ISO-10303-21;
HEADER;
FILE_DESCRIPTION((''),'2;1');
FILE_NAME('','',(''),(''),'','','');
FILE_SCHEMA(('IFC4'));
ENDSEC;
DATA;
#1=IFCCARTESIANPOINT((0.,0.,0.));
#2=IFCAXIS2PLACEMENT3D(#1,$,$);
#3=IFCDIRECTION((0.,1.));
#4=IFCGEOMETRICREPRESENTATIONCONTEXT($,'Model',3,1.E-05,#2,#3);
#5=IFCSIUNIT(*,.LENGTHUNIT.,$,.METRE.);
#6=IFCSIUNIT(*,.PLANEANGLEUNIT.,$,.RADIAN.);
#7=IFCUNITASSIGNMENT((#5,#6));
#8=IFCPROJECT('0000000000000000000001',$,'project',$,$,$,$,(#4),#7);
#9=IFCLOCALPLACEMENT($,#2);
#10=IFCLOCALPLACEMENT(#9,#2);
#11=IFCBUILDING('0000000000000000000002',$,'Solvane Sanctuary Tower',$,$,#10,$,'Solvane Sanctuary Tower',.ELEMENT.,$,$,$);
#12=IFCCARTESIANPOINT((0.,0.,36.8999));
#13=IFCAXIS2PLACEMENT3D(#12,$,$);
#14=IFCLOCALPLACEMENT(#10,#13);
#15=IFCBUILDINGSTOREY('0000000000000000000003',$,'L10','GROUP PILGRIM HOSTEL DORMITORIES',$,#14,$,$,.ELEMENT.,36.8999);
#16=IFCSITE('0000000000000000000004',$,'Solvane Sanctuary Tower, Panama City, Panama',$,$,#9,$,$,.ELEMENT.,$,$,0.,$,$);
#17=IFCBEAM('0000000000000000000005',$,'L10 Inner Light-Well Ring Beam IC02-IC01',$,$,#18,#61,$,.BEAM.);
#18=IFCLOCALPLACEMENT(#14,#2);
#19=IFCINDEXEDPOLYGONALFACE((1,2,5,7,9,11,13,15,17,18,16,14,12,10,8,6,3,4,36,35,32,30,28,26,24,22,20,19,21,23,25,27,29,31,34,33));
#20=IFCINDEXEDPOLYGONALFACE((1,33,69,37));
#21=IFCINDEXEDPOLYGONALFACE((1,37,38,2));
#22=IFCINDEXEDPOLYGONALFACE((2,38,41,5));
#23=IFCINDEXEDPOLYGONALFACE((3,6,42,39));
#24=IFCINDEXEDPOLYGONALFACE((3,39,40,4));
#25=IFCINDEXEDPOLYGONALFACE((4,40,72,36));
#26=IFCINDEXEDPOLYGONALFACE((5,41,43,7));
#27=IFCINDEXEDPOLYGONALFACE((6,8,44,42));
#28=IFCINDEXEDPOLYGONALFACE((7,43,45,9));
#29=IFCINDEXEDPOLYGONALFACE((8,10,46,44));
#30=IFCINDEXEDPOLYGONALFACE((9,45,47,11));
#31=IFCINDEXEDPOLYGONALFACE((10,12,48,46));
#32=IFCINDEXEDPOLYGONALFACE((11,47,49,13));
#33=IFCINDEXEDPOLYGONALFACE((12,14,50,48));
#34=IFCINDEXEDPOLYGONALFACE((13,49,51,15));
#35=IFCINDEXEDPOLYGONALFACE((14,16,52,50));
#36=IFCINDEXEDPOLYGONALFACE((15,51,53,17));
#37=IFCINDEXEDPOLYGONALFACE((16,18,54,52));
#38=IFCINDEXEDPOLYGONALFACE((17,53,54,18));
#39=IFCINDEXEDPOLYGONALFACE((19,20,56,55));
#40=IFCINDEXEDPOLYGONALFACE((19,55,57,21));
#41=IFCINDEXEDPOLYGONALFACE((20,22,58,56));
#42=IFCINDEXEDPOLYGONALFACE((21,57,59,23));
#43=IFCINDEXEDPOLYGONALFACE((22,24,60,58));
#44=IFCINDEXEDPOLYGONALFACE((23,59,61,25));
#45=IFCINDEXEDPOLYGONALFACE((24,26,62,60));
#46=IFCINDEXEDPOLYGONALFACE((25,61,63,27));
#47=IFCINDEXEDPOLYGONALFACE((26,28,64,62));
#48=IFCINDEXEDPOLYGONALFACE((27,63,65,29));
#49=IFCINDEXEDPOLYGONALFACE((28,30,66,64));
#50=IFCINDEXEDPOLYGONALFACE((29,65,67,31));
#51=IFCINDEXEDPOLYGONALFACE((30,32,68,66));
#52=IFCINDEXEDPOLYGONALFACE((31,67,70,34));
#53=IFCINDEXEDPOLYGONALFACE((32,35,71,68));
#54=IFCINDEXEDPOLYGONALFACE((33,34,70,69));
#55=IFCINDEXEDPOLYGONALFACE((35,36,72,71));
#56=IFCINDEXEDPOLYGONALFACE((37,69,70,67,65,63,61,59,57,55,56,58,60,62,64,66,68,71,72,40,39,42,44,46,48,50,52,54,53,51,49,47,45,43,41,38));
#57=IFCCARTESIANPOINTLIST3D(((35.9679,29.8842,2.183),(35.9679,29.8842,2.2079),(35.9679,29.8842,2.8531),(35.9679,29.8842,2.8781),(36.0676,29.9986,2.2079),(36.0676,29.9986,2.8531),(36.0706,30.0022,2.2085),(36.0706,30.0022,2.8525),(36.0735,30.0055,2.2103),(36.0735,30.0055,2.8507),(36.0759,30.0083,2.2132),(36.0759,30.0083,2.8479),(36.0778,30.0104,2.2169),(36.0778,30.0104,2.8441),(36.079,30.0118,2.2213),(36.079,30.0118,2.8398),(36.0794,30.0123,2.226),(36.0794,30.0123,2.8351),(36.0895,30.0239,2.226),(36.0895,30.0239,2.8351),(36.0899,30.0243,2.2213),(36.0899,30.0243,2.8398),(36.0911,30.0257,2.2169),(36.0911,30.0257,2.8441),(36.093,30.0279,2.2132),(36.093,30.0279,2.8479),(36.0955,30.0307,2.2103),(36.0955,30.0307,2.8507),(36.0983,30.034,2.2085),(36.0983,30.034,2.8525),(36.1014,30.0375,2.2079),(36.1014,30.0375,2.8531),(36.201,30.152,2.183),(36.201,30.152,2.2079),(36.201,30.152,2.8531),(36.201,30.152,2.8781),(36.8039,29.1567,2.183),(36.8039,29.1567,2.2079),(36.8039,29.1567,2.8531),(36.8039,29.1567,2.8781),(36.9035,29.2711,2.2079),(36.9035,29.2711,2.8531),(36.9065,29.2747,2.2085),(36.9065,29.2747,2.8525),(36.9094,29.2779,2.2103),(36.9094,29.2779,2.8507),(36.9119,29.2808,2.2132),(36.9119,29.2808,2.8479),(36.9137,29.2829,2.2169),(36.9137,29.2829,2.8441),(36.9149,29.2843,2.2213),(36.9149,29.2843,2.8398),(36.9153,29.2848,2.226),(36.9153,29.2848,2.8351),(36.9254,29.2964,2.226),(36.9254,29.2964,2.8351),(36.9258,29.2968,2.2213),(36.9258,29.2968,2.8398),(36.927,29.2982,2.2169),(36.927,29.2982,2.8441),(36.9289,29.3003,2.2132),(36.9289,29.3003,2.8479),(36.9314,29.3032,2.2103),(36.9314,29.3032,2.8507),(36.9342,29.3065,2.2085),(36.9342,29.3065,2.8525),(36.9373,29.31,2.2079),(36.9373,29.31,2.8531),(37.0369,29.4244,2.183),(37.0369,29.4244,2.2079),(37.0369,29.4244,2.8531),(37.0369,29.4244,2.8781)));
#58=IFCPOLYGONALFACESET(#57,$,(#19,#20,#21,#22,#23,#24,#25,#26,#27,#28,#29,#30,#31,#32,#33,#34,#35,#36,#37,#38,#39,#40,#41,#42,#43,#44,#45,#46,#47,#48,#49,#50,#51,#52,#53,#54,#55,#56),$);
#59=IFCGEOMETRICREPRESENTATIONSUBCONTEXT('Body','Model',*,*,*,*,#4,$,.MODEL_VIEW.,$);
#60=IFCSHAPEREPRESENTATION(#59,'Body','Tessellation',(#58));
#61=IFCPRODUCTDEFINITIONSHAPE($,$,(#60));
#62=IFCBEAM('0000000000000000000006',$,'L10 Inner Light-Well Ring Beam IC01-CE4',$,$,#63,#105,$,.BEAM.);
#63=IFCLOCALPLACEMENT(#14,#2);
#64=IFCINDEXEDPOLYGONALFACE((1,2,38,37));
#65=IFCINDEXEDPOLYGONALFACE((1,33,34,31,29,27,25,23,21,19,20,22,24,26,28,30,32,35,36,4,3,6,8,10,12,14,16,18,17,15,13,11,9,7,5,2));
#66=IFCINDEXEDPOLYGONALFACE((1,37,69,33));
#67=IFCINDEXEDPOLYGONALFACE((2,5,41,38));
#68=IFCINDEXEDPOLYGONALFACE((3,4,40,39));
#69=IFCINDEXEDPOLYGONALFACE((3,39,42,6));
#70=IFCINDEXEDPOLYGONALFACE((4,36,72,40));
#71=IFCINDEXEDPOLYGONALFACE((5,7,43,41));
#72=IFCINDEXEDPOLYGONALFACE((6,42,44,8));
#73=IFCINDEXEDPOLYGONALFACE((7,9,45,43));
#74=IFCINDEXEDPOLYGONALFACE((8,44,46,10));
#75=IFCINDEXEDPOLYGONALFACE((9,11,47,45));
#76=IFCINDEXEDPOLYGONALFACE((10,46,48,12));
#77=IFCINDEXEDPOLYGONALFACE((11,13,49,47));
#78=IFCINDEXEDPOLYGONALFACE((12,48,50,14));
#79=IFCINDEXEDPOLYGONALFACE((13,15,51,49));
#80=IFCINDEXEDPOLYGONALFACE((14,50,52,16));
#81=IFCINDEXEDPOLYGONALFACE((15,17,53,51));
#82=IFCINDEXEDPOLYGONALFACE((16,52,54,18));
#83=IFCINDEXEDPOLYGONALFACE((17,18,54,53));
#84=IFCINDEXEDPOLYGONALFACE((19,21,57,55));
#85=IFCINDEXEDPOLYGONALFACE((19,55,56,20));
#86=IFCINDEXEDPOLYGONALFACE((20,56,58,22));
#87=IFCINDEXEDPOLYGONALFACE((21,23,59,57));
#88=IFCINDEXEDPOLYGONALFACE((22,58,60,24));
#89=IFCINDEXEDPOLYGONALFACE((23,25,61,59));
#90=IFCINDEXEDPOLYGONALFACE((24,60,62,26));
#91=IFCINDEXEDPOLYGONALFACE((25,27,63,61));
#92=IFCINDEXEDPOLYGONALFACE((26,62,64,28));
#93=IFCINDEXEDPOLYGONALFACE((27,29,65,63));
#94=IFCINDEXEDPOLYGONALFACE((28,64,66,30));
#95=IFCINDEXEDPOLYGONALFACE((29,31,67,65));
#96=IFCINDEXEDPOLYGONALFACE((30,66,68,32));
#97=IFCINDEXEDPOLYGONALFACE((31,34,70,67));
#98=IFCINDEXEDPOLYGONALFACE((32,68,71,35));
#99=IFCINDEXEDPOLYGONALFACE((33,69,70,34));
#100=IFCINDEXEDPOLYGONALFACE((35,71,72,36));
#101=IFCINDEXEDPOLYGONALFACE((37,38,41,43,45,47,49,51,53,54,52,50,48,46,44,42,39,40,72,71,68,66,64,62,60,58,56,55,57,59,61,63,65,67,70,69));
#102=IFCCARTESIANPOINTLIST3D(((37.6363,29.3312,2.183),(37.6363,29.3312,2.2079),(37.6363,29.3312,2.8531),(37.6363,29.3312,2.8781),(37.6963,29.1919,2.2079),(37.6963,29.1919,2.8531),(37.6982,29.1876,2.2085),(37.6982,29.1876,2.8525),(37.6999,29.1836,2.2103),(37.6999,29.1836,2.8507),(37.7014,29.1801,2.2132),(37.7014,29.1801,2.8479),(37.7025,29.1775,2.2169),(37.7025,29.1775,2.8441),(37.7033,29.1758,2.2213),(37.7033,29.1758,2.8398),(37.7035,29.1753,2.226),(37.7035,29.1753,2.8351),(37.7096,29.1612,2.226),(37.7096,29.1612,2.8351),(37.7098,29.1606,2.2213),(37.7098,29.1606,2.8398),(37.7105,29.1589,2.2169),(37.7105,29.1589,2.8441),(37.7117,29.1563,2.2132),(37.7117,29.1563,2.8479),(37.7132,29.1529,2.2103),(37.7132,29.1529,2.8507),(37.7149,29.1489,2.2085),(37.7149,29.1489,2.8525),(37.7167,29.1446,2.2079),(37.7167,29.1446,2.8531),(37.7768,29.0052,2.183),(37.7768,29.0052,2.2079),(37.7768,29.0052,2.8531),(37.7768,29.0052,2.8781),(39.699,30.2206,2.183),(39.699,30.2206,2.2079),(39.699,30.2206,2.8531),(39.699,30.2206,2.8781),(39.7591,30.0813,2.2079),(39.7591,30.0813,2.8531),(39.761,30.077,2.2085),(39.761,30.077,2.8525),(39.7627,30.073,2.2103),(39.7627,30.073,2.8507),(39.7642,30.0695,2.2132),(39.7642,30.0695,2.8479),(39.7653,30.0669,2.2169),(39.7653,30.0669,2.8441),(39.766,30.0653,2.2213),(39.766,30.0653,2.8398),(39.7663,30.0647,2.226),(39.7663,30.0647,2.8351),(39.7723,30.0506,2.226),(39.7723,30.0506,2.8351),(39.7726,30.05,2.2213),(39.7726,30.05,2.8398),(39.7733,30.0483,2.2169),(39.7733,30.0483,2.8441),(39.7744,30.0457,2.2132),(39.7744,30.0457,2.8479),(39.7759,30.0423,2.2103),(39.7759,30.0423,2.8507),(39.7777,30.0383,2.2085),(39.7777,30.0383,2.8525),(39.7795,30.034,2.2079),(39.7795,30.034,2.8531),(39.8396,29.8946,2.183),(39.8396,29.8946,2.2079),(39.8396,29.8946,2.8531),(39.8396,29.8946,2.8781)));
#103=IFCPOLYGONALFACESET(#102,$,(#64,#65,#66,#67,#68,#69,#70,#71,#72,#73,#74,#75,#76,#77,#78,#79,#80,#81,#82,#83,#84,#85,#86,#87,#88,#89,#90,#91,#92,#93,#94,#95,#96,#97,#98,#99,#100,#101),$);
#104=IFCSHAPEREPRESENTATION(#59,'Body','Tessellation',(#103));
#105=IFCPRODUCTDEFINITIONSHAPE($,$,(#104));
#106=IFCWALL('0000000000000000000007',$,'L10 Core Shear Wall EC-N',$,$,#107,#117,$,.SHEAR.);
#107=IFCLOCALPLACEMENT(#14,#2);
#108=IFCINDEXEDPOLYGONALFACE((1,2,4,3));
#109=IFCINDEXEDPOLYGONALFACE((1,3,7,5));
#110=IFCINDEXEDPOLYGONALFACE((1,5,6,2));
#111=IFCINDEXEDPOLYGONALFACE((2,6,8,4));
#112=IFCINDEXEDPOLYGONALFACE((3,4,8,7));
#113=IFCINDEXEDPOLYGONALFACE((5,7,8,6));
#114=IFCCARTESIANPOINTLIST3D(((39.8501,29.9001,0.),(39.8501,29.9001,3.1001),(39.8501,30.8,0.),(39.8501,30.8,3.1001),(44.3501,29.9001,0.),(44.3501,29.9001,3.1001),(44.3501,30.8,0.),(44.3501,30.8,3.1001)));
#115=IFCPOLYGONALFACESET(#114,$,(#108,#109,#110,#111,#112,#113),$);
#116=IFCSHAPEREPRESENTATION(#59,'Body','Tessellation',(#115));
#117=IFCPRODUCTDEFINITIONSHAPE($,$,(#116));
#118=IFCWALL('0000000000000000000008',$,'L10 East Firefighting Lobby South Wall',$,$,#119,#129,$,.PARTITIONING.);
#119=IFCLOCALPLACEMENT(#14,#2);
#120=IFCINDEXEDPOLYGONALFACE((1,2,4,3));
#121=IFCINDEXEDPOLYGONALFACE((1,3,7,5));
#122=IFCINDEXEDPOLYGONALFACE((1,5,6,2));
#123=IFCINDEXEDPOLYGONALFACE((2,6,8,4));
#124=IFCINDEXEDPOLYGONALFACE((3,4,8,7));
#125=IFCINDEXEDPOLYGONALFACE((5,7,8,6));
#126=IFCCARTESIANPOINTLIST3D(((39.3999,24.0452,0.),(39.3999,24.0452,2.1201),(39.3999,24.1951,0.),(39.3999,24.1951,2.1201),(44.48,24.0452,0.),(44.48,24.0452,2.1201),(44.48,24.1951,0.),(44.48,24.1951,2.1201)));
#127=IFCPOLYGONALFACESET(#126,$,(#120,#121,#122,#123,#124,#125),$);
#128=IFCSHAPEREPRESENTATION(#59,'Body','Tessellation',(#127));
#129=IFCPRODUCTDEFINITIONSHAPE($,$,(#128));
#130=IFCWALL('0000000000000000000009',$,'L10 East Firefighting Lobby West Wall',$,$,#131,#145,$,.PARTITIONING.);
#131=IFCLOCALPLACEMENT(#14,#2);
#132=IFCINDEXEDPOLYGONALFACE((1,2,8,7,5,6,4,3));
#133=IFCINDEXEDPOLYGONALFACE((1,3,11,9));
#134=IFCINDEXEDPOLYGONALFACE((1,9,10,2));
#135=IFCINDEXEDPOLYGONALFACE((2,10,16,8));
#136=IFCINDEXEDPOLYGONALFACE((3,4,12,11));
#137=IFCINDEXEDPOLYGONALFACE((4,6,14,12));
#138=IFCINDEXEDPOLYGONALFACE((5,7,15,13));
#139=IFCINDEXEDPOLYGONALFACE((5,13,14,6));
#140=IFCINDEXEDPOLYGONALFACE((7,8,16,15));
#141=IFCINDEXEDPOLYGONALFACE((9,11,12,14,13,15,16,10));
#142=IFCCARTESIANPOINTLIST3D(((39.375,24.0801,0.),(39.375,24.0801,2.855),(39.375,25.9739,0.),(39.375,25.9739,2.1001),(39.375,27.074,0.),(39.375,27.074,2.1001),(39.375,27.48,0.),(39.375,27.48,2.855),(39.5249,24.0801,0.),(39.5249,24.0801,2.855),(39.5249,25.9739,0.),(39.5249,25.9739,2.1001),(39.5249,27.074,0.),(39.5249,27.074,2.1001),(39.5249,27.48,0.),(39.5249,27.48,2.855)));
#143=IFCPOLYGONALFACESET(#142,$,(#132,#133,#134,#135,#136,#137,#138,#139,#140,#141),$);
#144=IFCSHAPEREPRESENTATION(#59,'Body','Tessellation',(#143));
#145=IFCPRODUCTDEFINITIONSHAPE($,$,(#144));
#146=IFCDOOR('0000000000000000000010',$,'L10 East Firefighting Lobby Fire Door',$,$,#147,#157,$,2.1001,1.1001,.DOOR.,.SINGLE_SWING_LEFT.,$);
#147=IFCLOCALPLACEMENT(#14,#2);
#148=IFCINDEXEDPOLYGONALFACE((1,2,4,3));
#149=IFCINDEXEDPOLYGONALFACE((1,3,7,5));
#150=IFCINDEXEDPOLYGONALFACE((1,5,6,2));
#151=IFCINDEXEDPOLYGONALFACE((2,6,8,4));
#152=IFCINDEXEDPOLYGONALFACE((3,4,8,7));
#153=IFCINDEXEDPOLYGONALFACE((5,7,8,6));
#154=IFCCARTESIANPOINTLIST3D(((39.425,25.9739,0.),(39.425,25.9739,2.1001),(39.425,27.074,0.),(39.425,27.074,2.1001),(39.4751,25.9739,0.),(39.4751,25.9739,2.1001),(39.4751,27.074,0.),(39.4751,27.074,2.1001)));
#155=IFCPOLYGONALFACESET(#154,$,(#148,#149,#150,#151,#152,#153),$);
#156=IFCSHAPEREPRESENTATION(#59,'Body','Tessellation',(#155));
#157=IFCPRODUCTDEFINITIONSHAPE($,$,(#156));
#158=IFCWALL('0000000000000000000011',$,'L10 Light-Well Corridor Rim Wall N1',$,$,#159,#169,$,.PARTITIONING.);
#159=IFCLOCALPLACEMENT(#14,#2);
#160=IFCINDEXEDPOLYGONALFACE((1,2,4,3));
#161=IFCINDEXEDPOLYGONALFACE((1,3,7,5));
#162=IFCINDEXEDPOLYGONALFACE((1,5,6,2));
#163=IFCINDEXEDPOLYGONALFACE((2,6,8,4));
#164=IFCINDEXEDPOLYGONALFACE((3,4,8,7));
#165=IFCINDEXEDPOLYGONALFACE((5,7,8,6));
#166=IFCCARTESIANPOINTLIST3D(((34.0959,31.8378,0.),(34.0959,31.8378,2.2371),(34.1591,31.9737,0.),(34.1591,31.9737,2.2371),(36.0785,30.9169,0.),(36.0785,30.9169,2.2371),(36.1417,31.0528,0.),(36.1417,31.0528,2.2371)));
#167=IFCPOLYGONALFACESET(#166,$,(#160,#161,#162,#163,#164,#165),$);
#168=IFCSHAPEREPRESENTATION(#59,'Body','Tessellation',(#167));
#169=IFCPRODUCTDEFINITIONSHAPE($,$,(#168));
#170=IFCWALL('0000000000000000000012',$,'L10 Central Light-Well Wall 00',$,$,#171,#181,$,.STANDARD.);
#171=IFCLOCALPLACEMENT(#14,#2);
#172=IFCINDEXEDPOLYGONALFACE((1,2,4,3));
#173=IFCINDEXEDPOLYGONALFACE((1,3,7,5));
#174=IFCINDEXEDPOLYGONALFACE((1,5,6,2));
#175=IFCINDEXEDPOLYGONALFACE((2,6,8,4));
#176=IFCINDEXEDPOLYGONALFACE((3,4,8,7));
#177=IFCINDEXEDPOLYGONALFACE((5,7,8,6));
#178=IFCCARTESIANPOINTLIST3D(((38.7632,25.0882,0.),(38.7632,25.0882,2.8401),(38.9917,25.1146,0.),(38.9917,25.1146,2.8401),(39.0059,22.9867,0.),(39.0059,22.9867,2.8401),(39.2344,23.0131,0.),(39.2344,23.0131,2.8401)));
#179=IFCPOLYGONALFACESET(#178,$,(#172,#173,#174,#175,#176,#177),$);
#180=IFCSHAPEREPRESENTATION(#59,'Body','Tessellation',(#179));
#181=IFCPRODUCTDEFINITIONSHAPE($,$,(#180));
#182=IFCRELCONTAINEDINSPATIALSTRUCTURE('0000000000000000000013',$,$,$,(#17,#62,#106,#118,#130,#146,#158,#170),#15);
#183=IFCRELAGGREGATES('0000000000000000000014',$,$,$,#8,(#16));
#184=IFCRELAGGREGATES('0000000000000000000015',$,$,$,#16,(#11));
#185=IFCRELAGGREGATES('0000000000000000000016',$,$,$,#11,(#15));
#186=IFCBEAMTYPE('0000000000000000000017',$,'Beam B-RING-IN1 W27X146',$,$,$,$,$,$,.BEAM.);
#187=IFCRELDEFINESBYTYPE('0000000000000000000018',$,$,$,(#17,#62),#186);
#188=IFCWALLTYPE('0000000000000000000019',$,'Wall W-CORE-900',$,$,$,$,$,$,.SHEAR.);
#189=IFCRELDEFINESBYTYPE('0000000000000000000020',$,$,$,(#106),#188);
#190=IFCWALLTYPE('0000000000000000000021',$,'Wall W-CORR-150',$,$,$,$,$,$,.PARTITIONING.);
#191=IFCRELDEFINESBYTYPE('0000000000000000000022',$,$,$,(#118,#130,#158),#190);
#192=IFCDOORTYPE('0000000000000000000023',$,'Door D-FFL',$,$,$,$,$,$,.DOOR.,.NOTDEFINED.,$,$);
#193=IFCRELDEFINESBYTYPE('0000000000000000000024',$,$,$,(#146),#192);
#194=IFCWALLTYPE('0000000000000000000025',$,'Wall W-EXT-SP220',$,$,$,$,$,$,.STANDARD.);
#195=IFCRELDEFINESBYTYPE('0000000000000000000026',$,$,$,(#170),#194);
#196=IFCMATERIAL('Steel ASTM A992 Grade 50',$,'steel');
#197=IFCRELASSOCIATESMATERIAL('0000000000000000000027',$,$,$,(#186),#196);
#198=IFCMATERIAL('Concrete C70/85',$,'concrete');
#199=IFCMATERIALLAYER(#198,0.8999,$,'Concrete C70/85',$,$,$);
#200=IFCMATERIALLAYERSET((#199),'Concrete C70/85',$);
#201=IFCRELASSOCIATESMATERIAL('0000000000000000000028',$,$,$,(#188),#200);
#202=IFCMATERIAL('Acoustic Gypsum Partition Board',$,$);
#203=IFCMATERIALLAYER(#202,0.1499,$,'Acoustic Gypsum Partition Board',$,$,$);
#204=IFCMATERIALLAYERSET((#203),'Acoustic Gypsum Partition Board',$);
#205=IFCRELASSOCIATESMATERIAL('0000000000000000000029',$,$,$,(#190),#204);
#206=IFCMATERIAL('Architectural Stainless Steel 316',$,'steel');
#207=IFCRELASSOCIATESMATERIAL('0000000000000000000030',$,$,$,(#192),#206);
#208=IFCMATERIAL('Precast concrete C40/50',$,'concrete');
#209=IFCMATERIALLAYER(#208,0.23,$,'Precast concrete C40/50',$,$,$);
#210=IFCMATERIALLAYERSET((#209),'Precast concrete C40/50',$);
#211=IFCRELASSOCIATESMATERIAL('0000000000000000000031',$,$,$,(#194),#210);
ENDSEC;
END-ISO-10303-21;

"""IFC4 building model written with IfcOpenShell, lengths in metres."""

from ifc_helpers import new_model, si_unit, direction, frame, frame_2d, origin, origin_2d, place, context, subcontext, project, spatial, rectangle, i_section, extrude, material, layer, layer_set, material_profile, profile_set, type_object, element, fill, save


model = new_model("IFC4")

# Units and contexts
model_context = context("Model", 3, precision=1e-05, world=origin(), true_north=direction((0.0, 1.0)))
body_context = subcontext(model_context, "Body", "Model", "MODEL_VIEW")
ifc_project = project(units=[si_unit("LENGTHUNIT", "METRE"), si_unit("PLANEANGLEUNIT", "RADIAN")], contexts=[model_context])

# Site, building, storey
site_placement = place(None, origin())
site = spatial("IfcSite", under=ifc_project, at=site_placement, Name="Solvane Sanctuary Tower, Panama City, Panama", CompositionType="ELEMENT", RefElevation=0.0)
building_placement = place(site_placement, origin())
building = spatial("IfcBuilding", under=site, at=building_placement, Name="Solvane Sanctuary Tower", LongName="Solvane Sanctuary Tower", CompositionType="ELEMENT")
storey_placement = place(building_placement, frame((0.0, 0.0, 36.8999)))
storey = spatial("IfcBuildingStorey", under=building, at=storey_placement, Name="L10", Description="GROUP PILGRIM HOSTEL DORMITORIES", CompositionType="ELEMENT", Elevation=36.8999)

# Shared definitions
ifc_material_1 = material(Name="Concrete C70/85", Category="concrete")

# Beams
ifc_material_2 = material(Name="Steel ASTM A992 Grade 50", Category="steel")
ifc_material_profile_1 = material_profile(ifc_material_2, i_section(OverallWidth=0.355, OverallDepth=0.6951, WebThickness=0.0154, FlangeThickness=0.0249, FilletRadius=0.0181, at=origin_2d()), Name="W27X146")
ifc_profile_set_1 = profile_set([ifc_material_profile_1], Name="Steel ASTM A992 Grade 50")
beam_type_1 = type_object("IfcBeamType", Name="Beam B-RING-IN1 W27X146", PredefinedType="BEAM", material=ifc_profile_set_1)
beam_1_placement = place(storey_placement, frame((36.0845, 30.0181, 2.5305), z_axis=(0.754321, -0.656506, 0.0), x_axis=(0.656506, 0.754321, 0.0)))
element("IfcBeam", 1, at=beam_1_placement, inside=storey, type_object=beam_type_1, Name="L10 Inner Light-Well Ring Beam IC02-IC01", PredefinedType="BEAM", context=body_context, shape_type="SweptSolid", body=[
    extrude(i_section(OverallWidth=0.355, OverallDepth=0.6951, WebThickness=0.0154, FlangeThickness=0.0249, FilletRadius=0.0181, at=origin_2d()), origin(), (0.0, 0.0, 1.0), 1.1082),
])
beam_2_placement = place(storey_placement, frame((37.7065, 29.1682, 2.5305), z_axis=(0.918277, 0.395938, 0.0), x_axis=(-0.395938, 0.918277, 0.0)))
element("IfcBeam", 2, at=beam_2_placement, inside=storey, type_object=beam_type_1, Name="L10 Inner Light-Well Ring Beam IC01-CE4", PredefinedType="BEAM", context=body_context, shape_type="SweptSolid", body=[
    extrude(i_section(OverallWidth=0.355, OverallDepth=0.6951, WebThickness=0.0154, FlangeThickness=0.0249, FilletRadius=0.0181, at=origin_2d()), origin(), (0.0, 0.0, 1.0), 2.2463),
])

# Walls
ifc_layer_1 = layer(ifc_material_1, 0.8999, Name="Concrete C70/85")
ifc_layer_set_1 = layer_set([ifc_layer_1], Name="Concrete C70/85")
wall_type_1 = type_object("IfcWallType", Name="Wall W-CORE-900", PredefinedType="SHEAR", material=ifc_layer_set_1)
wall_1_placement = place(storey_placement, frame((39.8501, 30.3501, 0.0), z_axis=(0.0, 0.0, 1.0), x_axis=(1.0, 0.0, 0.0)))
element("IfcWall", 3, at=wall_1_placement, inside=storey, type_object=wall_type_1, Name="L10 Core Shear Wall EC-N", PredefinedType="SHEAR", context=body_context, shape_type="SweptSolid", body=[
    extrude(rectangle(XDim=4.5, YDim=0.8999, at=frame_2d((2.25, 0.0))), origin(), (0.0, 0.0, 1.0), 3.1001),
])
ifc_material_3 = material(Name="Acoustic Gypsum Partition Board")
ifc_layer_2 = layer(ifc_material_3, 0.1499, Name="Acoustic Gypsum Partition Board")
ifc_layer_set_2 = layer_set([ifc_layer_2], Name="Acoustic Gypsum Partition Board")
wall_type_2 = type_object("IfcWallType", Name="Wall W-CORR-150", PredefinedType="PARTITIONING", material=ifc_layer_set_2)
wall_2_placement = place(storey_placement, frame((39.3999, 24.1201, 0.0), z_axis=(0.0, 0.0, 1.0), x_axis=(1.0, 0.0, 0.0)))
element("IfcWall", 4, at=wall_2_placement, inside=storey, type_object=wall_type_2, Name="L10 East Firefighting Lobby South Wall", PredefinedType="PARTITIONING", context=body_context, shape_type="SweptSolid", body=[
    extrude(rectangle(XDim=5.0801, YDim=0.1499, at=frame_2d((2.54, 0.0))), origin(), (0.0, 0.0, 1.0), 2.1201),
])

# Wall, opening, door
wall_3_placement = place(storey_placement, frame((39.45, 24.0801, 0.0), z_axis=(0.0, 0.0, 1.0), x_axis=(0.0, 1.0, 0.0)))
wall_3 = element("IfcWall", 5, at=wall_3_placement, inside=storey, type_object=wall_type_2, Name="L10 East Firefighting Lobby West Wall", PredefinedType="PARTITIONING", context=body_context, shape_type="SweptSolid", body=[
    extrude(rectangle(XDim=3.3999, YDim=0.1499, at=frame_2d((1.7, 0.0))), origin(), (0.0, 0.0, 1.0), 2.855),
])
opening_1_placement = place(wall_3_placement, frame((1.8938, 0.0, 0.0)))
opening_1 = element("IfcOpeningElement", 6, at=opening_1_placement, cuts=wall_3, PredefinedType="OPENING", context=body_context, shape_type="SweptSolid", body=[
    extrude(rectangle(XDim=1.1001, YDim=2.1001, at=frame_2d((0.55, 1.05))), frame((0.0, 0.085, 0.0), z_axis=(0.0, -1.0, 0.0), x_axis=(1.0, 0.0, 0.0)), (0.0, 0.0, 1.0), 0.1699),
])
ifc_material_4 = material(Name="Architectural Stainless Steel 316", Category="steel")
door_type = type_object("IfcDoorType", Name="Door D-FFL", OperationType="NOTDEFINED", PredefinedType="DOOR", material=ifc_material_4)
door_placement = place(opening_1_placement, origin())
door = element("IfcDoor", 7, at=door_placement, inside=storey, type_object=door_type, Name="L10 East Firefighting Lobby Fire Door", OperationType="SINGLE_SWING_LEFT", OverallHeight=2.1001, OverallWidth=1.1001, PredefinedType="DOOR", context=body_context, shape_type="SweptSolid", body=[
    extrude(rectangle(XDim=1.1001, YDim=2.1001, at=frame_2d((0.55, 1.05))), frame((0.0, 0.0249, 0.0), z_axis=(0.0, -1.0, 0.0), x_axis=(1.0, 0.0, 0.0)), (0.0, 0.0, 1.0), 0.05),
])
fill(opening_1, door)

# Walls
wall_4_placement = place(storey_placement, frame((36.1101, 30.9849, 0.0), z_axis=(0.0, 0.0, 1.0), x_axis=(-0.906943, 0.421252, 0.0)))
element("IfcWall", 8, at=wall_4_placement, inside=storey, type_object=wall_type_2, Name="L10 Light-Well Corridor Rim Wall N1", PredefinedType="PARTITIONING", context=body_context, shape_type="SweptSolid", body=[
    extrude(rectangle(XDim=2.186, YDim=0.1499, at=frame_2d((1.093, 0.0))), origin(), (0.0, 0.0, 1.0), 2.2371),
])
ifc_material_5 = material(Name="Precast concrete C40/50", Category="concrete")
ifc_layer_3 = layer(ifc_material_5, 0.23, Name="Precast concrete C40/50")
ifc_layer_set_3 = layer_set([ifc_layer_3], Name="Precast concrete C40/50")
wall_type_3 = type_object("IfcWallType", Name="Wall W-EXT-SP220", PredefinedType="STANDARD", material=ifc_layer_set_3)
wall_5_placement = place(storey_placement, frame((39.1201, 23.0, 0.0), z_axis=(0.0, 0.0, 1.0), x_axis=(-0.114712, 0.993399, 0.0)))
element("IfcWall", 9, at=wall_5_placement, inside=storey, type_object=wall_type_3, Name="L10 Central Light-Well Wall 00", PredefinedType="STANDARD", context=body_context, shape_type="SweptSolid", body=[
    extrude(rectangle(XDim=2.1155, YDim=0.23, at=frame_2d((1.0576, 0.0))), origin(), (0.0, 0.0, 1.0), 2.8401),
])

save(model, "model.ifc")
